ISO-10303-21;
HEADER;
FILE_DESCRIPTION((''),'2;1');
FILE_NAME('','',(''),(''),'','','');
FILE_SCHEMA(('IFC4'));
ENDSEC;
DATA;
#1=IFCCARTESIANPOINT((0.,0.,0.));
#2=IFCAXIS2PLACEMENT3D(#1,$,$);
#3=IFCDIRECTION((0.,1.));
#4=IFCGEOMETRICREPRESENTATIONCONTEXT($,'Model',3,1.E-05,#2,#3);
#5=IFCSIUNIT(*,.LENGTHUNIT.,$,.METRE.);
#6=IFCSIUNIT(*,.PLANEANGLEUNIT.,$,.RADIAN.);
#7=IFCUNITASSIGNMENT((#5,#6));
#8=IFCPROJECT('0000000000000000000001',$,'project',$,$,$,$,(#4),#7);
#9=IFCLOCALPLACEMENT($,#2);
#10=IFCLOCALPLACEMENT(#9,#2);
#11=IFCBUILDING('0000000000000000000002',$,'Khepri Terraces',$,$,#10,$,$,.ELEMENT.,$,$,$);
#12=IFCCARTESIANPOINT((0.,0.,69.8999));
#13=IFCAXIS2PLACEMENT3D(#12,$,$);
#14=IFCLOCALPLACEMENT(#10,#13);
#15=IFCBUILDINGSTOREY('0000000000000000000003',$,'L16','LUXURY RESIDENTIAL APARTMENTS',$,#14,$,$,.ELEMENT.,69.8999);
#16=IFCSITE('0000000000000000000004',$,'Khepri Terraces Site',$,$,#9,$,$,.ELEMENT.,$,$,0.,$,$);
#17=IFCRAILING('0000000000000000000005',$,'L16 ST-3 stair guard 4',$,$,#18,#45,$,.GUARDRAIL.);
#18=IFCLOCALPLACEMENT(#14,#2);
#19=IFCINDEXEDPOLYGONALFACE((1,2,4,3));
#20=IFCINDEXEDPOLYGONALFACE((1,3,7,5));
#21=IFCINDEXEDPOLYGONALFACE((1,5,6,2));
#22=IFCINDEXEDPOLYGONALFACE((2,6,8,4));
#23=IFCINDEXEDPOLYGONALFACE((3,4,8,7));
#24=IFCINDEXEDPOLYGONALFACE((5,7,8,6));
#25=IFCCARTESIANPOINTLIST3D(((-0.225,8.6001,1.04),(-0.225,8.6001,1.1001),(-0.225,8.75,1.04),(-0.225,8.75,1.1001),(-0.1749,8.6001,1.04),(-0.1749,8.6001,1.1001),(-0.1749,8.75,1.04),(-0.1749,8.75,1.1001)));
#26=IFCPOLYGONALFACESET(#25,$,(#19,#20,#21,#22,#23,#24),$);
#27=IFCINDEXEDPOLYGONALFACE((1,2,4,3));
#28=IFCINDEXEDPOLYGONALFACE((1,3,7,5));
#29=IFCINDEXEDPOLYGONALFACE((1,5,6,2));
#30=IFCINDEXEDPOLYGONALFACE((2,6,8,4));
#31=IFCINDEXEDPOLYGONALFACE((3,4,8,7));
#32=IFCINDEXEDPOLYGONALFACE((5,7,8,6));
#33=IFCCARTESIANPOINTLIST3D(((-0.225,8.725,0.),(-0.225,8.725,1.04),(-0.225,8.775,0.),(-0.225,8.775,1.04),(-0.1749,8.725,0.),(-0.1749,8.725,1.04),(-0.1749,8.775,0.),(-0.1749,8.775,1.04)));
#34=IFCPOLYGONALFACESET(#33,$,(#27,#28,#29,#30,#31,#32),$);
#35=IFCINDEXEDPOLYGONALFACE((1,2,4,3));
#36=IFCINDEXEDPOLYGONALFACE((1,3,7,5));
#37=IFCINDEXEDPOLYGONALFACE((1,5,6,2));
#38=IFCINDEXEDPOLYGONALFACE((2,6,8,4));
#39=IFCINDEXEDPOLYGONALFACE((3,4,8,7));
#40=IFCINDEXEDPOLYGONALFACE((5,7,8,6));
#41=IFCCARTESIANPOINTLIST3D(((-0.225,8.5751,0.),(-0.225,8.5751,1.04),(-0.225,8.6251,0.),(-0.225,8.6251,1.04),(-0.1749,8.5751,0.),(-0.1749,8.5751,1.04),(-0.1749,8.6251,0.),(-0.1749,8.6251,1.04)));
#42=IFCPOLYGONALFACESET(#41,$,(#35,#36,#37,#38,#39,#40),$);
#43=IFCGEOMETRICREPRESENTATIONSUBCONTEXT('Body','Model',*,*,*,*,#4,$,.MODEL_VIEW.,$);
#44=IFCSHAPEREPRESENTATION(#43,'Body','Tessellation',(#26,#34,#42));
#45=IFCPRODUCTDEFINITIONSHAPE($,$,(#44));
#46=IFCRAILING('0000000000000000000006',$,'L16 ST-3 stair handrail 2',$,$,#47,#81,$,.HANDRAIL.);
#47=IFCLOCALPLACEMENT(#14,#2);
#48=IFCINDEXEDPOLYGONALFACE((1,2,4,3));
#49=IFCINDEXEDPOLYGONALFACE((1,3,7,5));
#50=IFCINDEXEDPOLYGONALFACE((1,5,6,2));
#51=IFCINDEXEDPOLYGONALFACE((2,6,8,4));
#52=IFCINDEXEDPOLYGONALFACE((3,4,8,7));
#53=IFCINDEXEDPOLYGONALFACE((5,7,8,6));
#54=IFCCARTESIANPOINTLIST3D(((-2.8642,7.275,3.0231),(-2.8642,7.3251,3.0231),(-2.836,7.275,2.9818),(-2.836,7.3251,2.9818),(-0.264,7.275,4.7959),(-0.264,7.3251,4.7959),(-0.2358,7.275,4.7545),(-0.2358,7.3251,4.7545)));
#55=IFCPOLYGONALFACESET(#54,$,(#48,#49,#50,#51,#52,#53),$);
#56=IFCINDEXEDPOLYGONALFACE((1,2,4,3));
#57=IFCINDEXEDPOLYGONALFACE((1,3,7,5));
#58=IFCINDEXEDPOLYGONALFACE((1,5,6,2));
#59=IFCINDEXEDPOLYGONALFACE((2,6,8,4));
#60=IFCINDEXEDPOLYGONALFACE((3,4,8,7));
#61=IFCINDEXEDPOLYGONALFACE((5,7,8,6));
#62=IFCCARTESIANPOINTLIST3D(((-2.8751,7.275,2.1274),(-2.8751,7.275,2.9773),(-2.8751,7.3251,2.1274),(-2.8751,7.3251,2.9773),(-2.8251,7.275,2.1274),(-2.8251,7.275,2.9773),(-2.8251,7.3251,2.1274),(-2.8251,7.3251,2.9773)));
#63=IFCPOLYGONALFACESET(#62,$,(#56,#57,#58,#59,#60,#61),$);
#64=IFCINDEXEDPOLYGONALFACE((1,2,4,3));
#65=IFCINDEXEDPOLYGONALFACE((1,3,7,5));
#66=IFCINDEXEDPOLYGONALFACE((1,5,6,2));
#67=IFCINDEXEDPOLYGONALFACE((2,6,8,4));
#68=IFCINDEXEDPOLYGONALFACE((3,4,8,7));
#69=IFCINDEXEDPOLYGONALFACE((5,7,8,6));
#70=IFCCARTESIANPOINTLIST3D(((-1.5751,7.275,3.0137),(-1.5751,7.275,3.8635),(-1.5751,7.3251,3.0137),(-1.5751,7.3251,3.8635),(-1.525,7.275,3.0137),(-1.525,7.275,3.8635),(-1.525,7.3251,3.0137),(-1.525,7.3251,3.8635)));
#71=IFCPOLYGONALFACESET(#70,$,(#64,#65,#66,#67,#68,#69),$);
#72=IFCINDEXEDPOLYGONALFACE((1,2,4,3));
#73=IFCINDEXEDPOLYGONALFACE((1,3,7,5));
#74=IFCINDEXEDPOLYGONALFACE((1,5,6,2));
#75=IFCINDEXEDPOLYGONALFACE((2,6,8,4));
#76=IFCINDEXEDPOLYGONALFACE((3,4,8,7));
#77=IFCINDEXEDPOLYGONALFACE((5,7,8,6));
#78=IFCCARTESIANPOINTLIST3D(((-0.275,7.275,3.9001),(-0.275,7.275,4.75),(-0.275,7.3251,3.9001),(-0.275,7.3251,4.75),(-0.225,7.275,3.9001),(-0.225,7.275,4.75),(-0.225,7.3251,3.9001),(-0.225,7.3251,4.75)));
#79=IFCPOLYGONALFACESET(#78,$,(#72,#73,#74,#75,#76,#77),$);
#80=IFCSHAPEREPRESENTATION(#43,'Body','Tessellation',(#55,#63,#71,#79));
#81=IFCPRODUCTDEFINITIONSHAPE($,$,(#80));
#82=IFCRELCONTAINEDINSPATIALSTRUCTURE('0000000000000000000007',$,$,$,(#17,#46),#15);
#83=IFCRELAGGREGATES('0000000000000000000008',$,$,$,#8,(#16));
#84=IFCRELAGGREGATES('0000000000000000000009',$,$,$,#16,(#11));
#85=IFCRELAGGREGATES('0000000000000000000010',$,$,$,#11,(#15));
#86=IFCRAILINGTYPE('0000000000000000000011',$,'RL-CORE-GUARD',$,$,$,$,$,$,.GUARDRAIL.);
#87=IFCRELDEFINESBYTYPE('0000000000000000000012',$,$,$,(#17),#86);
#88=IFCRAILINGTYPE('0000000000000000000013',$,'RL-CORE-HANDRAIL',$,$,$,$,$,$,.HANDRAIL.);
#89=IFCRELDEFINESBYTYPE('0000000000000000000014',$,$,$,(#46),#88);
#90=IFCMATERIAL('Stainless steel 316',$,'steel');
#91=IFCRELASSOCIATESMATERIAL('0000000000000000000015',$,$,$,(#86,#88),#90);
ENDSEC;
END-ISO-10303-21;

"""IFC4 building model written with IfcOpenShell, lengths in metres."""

from ifc_helpers import new_model, si_unit, direction, frame, origin, origin_2d, place, context, subcontext, project, spatial, rectangle, extrude, material, type_object, element, save


model = new_model("IFC4")

# Units and contexts
model_context = context("Model", 3, precision=1e-05, world=origin(), true_north=direction((0.0, 1.0)))
body_context = subcontext(model_context, "Body", "Model", "MODEL_VIEW")
ifc_project = project(units=[si_unit("LENGTHUNIT", "METRE"), si_unit("PLANEANGLEUNIT", "RADIAN")], contexts=[model_context])

# Site, building, storey
site_placement = place(None, origin())
site = spatial("IfcSite", under=ifc_project, at=site_placement, Name="Khepri Terraces Site", CompositionType="ELEMENT", RefElevation=0.0)
building_placement = place(site_placement, origin())
building = spatial("IfcBuilding", under=site, at=building_placement, Name="Khepri Terraces", CompositionType="ELEMENT")
storey_placement = place(building_placement, frame((0.0, 0.0, 69.8999)))
storey = spatial("IfcBuildingStorey", under=building, at=storey_placement, Name="L16", Description="LUXURY RESIDENTIAL APARTMENTS", CompositionType="ELEMENT", Elevation=69.8999)

# Railings
ifc_material_1 = material(Name="Stainless steel 316", Category="steel")
railing_type_1 = type_object("IfcRailingType", Name="RL-CORE-GUARD", PredefinedType="GUARDRAIL", material=ifc_material_1)
railing_1_placement = place(storey_placement, frame((-0.2, 8.75, 0.0)))
element("IfcRailing", 1, at=railing_1_placement, inside=storey, type_object=railing_type_1, Name="L16 ST-3 stair guard 4", PredefinedType="GUARDRAIL", context=body_context, shape_type="SweptSolid", body=[
    extrude(rectangle(XDim=0.05, YDim=0.0601, at=origin_2d()), frame((0.0, 0.0, 1.0701), z_axis=(0.0, -1.0, 0.0), x_axis=(1.0, 0.0, 0.0)), (0.0, 0.0, 1.0), 0.1499),
    extrude(rectangle(XDim=0.05, YDim=0.05, at=origin_2d()), origin(), (0.0, 0.0, 1.0), 1.04),
    extrude(rectangle(XDim=0.05, YDim=0.05, at=origin_2d()), frame((0.0, -0.1499, 0.0)), (0.0, 0.0, 1.0), 1.04),
])
railing_type_2 = type_object("IfcRailingType", Name="RL-CORE-HANDRAIL", PredefinedType="HANDRAIL", material=ifc_material_1)
railing_2_placement = place(storey_placement, frame((-2.8501, 7.3, 2.1274)))
element("IfcRailing", 2, at=railing_2_placement, inside=storey, type_object=railing_type_2, Name="L16 ST-3 stair handrail 2", PredefinedType="HANDRAIL", context=body_context, shape_type="SweptSolid", body=[
    extrude(rectangle(XDim=0.05, YDim=0.05, at=origin_2d()), frame((0.0, 0.0, 0.875), z_axis=(0.82624, 0.0, 0.563318), x_axis=(0.0, 1.0, 0.0)), (0.0, 0.0, 1.0), 3.147),
    extrude(rectangle(XDim=0.05, YDim=0.05, at=origin_2d()), origin(), (0.0, 0.0, 1.0), 0.8499),
    extrude(rectangle(XDim=0.05, YDim=0.05, at=origin_2d()), frame((1.3, 0.0, 0.8862)), (0.0, 0.0, 1.0), 0.8499),
    extrude(rectangle(XDim=0.05, YDim=0.05, at=origin_2d()), frame((2.6001, 0.0, 1.7727)), (0.0, 0.0, 1.0), 0.8499),
])

save(model, "model.ifc")
